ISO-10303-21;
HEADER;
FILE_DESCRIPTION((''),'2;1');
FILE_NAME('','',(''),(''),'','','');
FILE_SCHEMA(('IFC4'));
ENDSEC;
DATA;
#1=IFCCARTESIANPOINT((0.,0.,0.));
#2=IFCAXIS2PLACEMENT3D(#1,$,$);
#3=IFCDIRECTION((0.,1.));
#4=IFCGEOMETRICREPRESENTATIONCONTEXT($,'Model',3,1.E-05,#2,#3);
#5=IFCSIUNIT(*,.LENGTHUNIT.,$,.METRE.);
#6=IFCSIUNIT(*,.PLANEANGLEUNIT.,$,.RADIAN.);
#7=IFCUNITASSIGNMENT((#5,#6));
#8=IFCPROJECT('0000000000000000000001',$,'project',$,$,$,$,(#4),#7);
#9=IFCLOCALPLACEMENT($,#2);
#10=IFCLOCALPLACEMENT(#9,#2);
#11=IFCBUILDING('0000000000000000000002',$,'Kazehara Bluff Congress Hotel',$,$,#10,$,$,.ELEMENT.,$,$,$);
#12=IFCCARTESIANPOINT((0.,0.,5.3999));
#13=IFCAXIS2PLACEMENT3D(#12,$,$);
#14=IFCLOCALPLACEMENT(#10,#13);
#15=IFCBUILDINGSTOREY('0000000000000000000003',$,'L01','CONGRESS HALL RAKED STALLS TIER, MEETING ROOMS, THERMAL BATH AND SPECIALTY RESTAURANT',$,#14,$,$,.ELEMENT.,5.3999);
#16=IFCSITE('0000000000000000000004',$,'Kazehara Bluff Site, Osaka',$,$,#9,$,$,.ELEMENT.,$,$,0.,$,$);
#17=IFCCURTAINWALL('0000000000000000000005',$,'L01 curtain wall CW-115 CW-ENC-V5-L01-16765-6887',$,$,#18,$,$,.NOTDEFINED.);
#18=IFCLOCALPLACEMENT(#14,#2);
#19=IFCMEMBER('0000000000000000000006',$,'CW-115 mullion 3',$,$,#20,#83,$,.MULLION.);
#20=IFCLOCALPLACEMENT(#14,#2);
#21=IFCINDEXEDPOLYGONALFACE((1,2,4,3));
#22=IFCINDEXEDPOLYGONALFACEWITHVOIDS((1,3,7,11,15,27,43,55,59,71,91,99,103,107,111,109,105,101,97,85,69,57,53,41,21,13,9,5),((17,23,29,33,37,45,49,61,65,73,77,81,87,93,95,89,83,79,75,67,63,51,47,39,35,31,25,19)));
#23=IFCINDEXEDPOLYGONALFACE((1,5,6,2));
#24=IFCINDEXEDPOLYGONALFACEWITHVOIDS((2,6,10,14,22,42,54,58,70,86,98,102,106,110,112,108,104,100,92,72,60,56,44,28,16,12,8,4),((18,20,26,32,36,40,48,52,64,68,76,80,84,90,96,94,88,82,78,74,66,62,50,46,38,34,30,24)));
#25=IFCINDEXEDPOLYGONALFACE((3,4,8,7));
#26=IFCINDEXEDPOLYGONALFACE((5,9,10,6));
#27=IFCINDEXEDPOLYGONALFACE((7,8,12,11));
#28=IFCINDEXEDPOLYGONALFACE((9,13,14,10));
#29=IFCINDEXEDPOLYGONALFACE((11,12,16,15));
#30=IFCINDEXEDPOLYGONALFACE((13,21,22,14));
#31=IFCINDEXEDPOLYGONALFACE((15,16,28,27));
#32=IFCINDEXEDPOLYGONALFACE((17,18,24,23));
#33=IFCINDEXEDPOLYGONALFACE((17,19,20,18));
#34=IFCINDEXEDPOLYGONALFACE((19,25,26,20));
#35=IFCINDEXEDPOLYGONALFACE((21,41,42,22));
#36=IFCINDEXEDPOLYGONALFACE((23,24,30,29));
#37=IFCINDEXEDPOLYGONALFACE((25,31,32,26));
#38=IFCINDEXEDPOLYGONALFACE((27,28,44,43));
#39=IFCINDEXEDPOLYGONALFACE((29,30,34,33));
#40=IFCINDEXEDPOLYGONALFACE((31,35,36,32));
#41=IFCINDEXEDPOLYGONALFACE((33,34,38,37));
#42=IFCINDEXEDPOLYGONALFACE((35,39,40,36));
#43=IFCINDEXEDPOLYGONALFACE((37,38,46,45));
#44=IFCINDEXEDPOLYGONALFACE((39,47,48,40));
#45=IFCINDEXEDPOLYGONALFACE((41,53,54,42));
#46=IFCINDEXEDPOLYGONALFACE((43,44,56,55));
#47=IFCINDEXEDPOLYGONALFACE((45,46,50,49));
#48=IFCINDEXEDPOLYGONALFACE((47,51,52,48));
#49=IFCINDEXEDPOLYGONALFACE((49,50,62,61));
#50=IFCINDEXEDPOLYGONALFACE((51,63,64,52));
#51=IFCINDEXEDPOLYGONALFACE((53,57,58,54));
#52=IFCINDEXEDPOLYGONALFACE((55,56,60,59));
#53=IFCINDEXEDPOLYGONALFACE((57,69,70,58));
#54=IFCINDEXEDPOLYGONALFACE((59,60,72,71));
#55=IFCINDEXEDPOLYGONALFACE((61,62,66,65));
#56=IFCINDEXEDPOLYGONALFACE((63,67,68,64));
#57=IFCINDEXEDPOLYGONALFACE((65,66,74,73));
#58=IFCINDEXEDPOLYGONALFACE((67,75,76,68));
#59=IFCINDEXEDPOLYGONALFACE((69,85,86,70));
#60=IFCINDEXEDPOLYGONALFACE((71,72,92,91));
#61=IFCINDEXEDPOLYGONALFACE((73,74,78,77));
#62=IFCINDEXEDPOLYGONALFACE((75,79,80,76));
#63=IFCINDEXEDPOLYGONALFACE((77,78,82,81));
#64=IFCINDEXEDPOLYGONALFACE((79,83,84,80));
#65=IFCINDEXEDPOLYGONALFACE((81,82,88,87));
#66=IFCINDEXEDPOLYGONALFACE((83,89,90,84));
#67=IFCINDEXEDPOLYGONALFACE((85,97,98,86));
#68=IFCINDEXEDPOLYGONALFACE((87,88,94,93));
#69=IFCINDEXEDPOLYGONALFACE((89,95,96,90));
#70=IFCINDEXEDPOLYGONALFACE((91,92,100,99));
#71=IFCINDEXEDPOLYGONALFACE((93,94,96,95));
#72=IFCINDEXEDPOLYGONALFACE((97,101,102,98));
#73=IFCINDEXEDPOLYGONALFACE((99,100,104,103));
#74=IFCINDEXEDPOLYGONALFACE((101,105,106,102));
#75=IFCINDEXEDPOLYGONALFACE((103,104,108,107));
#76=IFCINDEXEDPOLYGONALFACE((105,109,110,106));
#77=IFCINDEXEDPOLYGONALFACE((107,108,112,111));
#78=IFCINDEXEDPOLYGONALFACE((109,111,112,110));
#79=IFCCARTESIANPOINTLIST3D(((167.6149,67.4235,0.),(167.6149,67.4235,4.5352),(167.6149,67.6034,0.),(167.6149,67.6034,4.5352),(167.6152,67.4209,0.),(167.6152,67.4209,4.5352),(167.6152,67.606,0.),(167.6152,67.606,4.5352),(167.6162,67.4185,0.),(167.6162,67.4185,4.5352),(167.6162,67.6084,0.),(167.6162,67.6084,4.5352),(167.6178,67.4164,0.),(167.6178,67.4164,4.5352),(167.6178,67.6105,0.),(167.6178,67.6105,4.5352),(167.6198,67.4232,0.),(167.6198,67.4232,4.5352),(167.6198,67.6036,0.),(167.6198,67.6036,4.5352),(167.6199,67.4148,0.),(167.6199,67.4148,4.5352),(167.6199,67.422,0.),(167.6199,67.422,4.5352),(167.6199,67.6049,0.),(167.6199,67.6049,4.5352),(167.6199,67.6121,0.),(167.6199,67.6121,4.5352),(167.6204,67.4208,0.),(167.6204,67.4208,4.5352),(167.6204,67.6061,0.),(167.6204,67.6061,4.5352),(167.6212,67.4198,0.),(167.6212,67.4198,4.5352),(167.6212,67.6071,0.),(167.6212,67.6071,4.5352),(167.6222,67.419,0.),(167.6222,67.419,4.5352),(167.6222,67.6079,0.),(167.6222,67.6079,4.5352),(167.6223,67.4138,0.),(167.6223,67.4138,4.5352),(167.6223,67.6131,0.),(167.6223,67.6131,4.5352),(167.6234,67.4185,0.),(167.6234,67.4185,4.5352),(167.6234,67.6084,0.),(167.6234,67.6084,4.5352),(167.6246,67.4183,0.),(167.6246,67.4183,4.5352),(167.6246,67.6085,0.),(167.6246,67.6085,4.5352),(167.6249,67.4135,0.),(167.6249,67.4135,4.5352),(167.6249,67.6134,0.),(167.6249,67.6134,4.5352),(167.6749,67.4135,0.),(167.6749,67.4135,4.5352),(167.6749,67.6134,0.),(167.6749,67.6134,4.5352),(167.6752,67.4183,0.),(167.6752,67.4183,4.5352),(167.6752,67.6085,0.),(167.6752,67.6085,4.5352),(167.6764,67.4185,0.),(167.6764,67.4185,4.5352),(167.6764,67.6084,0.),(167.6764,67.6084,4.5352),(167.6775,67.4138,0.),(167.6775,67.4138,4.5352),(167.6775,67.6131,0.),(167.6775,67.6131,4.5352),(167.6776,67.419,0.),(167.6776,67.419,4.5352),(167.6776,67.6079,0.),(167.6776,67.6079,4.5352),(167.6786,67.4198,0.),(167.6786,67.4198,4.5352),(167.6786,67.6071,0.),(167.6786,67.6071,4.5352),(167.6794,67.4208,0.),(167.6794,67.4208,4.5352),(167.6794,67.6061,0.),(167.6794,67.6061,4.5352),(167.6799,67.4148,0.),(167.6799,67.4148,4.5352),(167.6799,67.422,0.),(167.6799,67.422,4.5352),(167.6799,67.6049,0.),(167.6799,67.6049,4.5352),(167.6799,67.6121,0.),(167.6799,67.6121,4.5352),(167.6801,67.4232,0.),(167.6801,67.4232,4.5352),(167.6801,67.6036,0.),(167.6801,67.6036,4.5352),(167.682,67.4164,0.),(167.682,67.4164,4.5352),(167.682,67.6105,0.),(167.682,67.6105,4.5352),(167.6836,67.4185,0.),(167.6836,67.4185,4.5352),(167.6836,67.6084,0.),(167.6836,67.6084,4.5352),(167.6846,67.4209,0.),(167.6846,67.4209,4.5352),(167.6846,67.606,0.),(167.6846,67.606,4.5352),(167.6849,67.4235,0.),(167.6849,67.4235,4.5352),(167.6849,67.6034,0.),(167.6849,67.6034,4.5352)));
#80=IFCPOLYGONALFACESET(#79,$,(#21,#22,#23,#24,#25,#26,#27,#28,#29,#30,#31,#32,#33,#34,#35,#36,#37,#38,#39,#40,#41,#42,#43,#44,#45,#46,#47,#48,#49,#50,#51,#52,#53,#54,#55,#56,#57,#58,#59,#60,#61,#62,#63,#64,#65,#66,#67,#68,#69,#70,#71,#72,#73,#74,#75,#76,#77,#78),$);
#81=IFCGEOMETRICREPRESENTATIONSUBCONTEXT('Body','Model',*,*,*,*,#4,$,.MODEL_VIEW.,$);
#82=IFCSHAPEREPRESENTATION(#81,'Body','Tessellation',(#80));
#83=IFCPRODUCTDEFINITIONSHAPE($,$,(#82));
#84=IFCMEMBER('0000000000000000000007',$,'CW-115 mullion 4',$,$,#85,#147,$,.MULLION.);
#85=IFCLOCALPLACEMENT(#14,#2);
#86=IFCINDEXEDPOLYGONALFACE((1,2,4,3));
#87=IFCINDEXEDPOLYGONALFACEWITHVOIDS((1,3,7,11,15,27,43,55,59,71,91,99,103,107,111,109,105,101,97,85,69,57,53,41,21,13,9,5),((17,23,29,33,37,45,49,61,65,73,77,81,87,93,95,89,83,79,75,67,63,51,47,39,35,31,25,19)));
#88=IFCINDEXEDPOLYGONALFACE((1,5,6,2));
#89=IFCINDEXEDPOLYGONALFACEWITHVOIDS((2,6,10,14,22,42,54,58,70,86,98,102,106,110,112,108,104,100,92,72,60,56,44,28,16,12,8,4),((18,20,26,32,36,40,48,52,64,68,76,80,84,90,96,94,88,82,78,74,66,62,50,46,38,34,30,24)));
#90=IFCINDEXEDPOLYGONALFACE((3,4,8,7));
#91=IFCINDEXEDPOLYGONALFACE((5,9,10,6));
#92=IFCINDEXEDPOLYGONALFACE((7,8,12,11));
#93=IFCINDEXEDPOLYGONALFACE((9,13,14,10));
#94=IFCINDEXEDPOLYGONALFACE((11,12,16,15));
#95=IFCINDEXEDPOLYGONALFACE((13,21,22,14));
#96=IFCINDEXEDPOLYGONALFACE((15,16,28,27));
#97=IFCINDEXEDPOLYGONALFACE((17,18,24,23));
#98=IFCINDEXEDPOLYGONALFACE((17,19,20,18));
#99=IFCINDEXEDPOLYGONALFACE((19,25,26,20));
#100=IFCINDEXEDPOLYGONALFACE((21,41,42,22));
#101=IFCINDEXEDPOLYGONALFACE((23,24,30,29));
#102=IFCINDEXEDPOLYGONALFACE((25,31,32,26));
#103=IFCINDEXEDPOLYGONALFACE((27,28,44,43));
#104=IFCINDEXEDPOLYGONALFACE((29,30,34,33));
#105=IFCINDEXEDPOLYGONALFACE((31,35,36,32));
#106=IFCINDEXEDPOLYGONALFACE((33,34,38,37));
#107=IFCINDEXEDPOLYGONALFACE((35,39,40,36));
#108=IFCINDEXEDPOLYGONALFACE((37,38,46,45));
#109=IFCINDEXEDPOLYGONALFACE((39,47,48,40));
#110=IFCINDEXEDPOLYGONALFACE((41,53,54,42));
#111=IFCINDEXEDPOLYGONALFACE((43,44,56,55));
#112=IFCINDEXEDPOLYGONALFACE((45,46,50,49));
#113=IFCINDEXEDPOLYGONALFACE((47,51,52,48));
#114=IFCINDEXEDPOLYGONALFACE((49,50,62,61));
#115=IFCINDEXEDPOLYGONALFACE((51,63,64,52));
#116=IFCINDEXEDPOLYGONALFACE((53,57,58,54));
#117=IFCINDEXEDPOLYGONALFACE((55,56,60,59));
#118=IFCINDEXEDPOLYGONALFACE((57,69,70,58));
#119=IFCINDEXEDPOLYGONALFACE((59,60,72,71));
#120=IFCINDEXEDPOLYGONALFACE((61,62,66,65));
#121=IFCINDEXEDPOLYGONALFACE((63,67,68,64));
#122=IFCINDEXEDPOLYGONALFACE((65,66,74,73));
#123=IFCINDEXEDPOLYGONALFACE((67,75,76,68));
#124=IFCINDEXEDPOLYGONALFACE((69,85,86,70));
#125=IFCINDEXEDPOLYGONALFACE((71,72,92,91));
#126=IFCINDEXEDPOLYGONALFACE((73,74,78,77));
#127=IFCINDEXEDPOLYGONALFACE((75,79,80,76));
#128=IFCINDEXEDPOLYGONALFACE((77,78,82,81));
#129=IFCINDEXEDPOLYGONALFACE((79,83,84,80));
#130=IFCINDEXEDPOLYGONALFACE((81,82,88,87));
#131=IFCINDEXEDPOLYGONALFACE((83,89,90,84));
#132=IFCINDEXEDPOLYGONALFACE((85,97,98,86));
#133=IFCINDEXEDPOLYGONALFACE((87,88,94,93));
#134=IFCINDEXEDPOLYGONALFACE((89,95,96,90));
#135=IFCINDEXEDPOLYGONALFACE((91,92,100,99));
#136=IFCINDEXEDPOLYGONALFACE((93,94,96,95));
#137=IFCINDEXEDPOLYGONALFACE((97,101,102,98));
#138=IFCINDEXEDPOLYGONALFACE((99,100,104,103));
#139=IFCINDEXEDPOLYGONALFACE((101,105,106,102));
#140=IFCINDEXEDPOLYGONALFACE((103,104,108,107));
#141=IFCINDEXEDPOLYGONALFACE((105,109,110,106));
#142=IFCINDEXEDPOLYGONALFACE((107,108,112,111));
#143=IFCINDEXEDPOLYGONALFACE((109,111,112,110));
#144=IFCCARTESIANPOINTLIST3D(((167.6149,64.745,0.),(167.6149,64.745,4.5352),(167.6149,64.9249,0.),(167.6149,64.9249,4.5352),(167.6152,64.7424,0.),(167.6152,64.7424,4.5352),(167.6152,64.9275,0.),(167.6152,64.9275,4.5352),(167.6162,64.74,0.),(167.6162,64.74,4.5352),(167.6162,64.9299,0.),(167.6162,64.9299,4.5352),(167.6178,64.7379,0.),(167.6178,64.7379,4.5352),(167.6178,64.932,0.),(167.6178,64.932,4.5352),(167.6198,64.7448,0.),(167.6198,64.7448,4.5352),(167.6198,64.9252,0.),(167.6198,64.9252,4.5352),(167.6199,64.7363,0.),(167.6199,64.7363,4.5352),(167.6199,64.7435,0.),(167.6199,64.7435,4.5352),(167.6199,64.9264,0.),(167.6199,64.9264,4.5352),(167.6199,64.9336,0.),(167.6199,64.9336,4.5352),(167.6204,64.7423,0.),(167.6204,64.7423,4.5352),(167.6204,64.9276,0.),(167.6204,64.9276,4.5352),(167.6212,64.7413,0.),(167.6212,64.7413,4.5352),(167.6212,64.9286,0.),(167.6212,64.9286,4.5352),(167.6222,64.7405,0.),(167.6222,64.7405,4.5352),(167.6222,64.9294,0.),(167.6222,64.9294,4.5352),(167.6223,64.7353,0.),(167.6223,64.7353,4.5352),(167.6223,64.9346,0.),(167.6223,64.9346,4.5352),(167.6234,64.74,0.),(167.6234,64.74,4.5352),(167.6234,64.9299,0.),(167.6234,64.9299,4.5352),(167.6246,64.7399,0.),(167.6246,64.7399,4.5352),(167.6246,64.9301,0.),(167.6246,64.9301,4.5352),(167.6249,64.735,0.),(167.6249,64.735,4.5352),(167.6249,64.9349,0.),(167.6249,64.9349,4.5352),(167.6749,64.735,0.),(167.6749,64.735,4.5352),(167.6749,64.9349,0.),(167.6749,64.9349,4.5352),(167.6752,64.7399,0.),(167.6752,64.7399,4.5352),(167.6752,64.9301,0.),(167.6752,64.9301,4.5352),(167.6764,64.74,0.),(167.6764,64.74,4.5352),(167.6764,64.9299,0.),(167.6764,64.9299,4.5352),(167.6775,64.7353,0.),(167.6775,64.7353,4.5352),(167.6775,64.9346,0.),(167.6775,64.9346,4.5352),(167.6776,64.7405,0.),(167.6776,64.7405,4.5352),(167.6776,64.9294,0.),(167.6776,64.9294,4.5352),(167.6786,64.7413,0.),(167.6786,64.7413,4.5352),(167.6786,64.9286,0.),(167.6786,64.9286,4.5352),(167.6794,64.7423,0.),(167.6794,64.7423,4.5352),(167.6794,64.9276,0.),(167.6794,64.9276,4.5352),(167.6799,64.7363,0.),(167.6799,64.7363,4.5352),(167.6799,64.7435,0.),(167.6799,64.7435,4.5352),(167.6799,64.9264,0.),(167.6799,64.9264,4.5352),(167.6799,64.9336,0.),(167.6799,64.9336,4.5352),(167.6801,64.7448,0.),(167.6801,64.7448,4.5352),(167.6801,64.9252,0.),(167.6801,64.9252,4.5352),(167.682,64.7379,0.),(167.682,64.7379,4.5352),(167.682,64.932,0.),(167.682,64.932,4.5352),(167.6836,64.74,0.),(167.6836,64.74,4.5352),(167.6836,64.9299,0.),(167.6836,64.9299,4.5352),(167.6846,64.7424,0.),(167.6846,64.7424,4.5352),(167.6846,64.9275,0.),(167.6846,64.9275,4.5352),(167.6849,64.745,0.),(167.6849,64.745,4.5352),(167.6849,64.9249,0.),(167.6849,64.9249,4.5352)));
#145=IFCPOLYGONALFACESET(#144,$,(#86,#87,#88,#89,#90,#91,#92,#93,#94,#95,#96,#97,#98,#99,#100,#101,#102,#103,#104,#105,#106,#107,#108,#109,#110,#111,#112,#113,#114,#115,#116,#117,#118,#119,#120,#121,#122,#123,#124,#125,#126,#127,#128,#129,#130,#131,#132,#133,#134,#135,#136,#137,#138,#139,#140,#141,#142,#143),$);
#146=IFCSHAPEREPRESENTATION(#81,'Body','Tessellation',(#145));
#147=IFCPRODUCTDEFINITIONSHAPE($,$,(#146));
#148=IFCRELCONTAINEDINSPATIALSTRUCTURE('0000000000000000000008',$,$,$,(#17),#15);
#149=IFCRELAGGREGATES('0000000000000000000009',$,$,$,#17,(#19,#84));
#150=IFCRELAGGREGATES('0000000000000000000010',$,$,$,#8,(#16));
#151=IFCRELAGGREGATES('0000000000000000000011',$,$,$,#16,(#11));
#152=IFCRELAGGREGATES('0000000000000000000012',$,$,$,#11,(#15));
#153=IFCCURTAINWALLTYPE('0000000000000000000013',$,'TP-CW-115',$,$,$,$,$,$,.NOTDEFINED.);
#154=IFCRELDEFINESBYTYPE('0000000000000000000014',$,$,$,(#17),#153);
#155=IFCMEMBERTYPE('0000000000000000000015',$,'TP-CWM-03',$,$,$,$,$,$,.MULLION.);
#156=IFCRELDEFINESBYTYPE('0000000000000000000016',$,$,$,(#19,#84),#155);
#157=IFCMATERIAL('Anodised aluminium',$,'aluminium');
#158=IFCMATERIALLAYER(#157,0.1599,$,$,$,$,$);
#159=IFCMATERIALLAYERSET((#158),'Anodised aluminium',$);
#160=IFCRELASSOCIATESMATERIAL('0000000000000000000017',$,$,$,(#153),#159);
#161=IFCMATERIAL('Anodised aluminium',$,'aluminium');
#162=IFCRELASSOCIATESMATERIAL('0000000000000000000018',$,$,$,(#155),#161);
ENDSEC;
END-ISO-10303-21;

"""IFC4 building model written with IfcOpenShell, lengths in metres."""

from ifc_helpers import new_model, si_unit, direction, frame, origin, origin_2d, place, context, subcontext, project, spatial, hollow_rectangle, extrude, material, layer, layer_set, material_profile, profile_set, type_object, element, aggregate, save


model = new_model("IFC4")

# Units and contexts
model_context = context("Model", 3, precision=1e-05, world=origin(), true_north=direction((0.0, 1.0)))
body_context = subcontext(model_context, "Body", "Model", "MODEL_VIEW")
ifc_project = project(units=[si_unit("LENGTHUNIT", "METRE"), si_unit("PLANEANGLEUNIT", "RADIAN")], contexts=[model_context])

# Site, building, storey
site_placement = place(None, origin())
site = spatial("IfcSite", under=ifc_project, at=site_placement, Name="Kazehara Bluff Site, Osaka", CompositionType="ELEMENT", RefElevation=0.0)
building_placement = place(site_placement, origin())
building = spatial("IfcBuilding", under=site, at=building_placement, Name="Kazehara Bluff Congress Hotel", CompositionType="ELEMENT")
storey_placement = place(building_placement, frame((0.0, 0.0, 5.3999)))
storey = spatial("IfcBuildingStorey", under=building, at=storey_placement, Name="L01", Description="CONGRESS HALL RAKED STALLS TIER, MEETING ROOMS, THERMAL BATH AND SPECIALTY RESTAURANT", CompositionType="ELEMENT", Elevation=5.3999)

# Curtain wall, members
ifc_material_1 = material(Name="Anodised aluminium", Category="aluminium")
ifc_layer_1 = layer(ifc_material_1, 0.1599)
ifc_layer_set_1 = layer_set([ifc_layer_1], Name="Anodised aluminium")
curtain_wall_type_1 = type_object("IfcCurtainWallType", Name="TP-CW-115", PredefinedType="NOTDEFINED", material=ifc_layer_set_1)
curtain_wall_1_placement = place(storey_placement, origin())
curtain_wall_1 = element("IfcCurtainWall", 1, at=curtain_wall_1_placement, inside=storey, type_object=curtain_wall_type_1, Name="L01 curtain wall CW-115 CW-ENC-V5-L01-16765-6887", PredefinedType="NOTDEFINED")
ifc_material_2 = material(Name="Anodised aluminium", Category="aluminium")
ifc_material_profile_1 = material_profile(ifc_material_2, hollow_rectangle(XDim=0.0701, YDim=0.2, WallThickness=0.0049, InnerFilletRadius=0.0049, OuterFilletRadius=0.01, at=origin_2d()))
ifc_profile_set_1 = profile_set([ifc_material_profile_1], Name="Anodised aluminium")
member_type_1 = type_object("IfcMemberType", Name="TP-CWM-03", PredefinedType="MULLION", material=ifc_profile_set_1)
member_1_placement = place(storey_placement, frame((167.6499, 67.5134, 0.0), z_axis=(0.0, 0.0, 1.0), x_axis=(1.0, 0.0, 0.0)))
member_1 = element("IfcMember", 2, at=member_1_placement, type_object=member_type_1, Name="CW-115 mullion 3", PredefinedType="MULLION", context=body_context, shape_type="SweptSolid", body=[
    extrude(hollow_rectangle(XDim=0.0701, YDim=0.2, WallThickness=0.0049, InnerFilletRadius=0.0049, OuterFilletRadius=0.01, at=origin_2d()), origin(), (0.0, 0.0, 1.0), 4.5352),
])
member_2_placement = place(storey_placement, frame((167.6499, 64.835, 0.0), z_axis=(0.0, 0.0, 1.0), x_axis=(1.0, 0.0, 0.0)))
member_2 = element("IfcMember", 3, at=member_2_placement, type_object=member_type_1, Name="CW-115 mullion 4", PredefinedType="MULLION", context=body_context, shape_type="SweptSolid", body=[
    extrude(hollow_rectangle(XDim=0.0701, YDim=0.2, WallThickness=0.0049, InnerFilletRadius=0.0049, OuterFilletRadius=0.01, at=origin_2d()), origin(), (0.0, 0.0, 1.0), 4.5352),
])

aggregate(curtain_wall_1, [member_1, member_2])

save(model, "model.ifc")
